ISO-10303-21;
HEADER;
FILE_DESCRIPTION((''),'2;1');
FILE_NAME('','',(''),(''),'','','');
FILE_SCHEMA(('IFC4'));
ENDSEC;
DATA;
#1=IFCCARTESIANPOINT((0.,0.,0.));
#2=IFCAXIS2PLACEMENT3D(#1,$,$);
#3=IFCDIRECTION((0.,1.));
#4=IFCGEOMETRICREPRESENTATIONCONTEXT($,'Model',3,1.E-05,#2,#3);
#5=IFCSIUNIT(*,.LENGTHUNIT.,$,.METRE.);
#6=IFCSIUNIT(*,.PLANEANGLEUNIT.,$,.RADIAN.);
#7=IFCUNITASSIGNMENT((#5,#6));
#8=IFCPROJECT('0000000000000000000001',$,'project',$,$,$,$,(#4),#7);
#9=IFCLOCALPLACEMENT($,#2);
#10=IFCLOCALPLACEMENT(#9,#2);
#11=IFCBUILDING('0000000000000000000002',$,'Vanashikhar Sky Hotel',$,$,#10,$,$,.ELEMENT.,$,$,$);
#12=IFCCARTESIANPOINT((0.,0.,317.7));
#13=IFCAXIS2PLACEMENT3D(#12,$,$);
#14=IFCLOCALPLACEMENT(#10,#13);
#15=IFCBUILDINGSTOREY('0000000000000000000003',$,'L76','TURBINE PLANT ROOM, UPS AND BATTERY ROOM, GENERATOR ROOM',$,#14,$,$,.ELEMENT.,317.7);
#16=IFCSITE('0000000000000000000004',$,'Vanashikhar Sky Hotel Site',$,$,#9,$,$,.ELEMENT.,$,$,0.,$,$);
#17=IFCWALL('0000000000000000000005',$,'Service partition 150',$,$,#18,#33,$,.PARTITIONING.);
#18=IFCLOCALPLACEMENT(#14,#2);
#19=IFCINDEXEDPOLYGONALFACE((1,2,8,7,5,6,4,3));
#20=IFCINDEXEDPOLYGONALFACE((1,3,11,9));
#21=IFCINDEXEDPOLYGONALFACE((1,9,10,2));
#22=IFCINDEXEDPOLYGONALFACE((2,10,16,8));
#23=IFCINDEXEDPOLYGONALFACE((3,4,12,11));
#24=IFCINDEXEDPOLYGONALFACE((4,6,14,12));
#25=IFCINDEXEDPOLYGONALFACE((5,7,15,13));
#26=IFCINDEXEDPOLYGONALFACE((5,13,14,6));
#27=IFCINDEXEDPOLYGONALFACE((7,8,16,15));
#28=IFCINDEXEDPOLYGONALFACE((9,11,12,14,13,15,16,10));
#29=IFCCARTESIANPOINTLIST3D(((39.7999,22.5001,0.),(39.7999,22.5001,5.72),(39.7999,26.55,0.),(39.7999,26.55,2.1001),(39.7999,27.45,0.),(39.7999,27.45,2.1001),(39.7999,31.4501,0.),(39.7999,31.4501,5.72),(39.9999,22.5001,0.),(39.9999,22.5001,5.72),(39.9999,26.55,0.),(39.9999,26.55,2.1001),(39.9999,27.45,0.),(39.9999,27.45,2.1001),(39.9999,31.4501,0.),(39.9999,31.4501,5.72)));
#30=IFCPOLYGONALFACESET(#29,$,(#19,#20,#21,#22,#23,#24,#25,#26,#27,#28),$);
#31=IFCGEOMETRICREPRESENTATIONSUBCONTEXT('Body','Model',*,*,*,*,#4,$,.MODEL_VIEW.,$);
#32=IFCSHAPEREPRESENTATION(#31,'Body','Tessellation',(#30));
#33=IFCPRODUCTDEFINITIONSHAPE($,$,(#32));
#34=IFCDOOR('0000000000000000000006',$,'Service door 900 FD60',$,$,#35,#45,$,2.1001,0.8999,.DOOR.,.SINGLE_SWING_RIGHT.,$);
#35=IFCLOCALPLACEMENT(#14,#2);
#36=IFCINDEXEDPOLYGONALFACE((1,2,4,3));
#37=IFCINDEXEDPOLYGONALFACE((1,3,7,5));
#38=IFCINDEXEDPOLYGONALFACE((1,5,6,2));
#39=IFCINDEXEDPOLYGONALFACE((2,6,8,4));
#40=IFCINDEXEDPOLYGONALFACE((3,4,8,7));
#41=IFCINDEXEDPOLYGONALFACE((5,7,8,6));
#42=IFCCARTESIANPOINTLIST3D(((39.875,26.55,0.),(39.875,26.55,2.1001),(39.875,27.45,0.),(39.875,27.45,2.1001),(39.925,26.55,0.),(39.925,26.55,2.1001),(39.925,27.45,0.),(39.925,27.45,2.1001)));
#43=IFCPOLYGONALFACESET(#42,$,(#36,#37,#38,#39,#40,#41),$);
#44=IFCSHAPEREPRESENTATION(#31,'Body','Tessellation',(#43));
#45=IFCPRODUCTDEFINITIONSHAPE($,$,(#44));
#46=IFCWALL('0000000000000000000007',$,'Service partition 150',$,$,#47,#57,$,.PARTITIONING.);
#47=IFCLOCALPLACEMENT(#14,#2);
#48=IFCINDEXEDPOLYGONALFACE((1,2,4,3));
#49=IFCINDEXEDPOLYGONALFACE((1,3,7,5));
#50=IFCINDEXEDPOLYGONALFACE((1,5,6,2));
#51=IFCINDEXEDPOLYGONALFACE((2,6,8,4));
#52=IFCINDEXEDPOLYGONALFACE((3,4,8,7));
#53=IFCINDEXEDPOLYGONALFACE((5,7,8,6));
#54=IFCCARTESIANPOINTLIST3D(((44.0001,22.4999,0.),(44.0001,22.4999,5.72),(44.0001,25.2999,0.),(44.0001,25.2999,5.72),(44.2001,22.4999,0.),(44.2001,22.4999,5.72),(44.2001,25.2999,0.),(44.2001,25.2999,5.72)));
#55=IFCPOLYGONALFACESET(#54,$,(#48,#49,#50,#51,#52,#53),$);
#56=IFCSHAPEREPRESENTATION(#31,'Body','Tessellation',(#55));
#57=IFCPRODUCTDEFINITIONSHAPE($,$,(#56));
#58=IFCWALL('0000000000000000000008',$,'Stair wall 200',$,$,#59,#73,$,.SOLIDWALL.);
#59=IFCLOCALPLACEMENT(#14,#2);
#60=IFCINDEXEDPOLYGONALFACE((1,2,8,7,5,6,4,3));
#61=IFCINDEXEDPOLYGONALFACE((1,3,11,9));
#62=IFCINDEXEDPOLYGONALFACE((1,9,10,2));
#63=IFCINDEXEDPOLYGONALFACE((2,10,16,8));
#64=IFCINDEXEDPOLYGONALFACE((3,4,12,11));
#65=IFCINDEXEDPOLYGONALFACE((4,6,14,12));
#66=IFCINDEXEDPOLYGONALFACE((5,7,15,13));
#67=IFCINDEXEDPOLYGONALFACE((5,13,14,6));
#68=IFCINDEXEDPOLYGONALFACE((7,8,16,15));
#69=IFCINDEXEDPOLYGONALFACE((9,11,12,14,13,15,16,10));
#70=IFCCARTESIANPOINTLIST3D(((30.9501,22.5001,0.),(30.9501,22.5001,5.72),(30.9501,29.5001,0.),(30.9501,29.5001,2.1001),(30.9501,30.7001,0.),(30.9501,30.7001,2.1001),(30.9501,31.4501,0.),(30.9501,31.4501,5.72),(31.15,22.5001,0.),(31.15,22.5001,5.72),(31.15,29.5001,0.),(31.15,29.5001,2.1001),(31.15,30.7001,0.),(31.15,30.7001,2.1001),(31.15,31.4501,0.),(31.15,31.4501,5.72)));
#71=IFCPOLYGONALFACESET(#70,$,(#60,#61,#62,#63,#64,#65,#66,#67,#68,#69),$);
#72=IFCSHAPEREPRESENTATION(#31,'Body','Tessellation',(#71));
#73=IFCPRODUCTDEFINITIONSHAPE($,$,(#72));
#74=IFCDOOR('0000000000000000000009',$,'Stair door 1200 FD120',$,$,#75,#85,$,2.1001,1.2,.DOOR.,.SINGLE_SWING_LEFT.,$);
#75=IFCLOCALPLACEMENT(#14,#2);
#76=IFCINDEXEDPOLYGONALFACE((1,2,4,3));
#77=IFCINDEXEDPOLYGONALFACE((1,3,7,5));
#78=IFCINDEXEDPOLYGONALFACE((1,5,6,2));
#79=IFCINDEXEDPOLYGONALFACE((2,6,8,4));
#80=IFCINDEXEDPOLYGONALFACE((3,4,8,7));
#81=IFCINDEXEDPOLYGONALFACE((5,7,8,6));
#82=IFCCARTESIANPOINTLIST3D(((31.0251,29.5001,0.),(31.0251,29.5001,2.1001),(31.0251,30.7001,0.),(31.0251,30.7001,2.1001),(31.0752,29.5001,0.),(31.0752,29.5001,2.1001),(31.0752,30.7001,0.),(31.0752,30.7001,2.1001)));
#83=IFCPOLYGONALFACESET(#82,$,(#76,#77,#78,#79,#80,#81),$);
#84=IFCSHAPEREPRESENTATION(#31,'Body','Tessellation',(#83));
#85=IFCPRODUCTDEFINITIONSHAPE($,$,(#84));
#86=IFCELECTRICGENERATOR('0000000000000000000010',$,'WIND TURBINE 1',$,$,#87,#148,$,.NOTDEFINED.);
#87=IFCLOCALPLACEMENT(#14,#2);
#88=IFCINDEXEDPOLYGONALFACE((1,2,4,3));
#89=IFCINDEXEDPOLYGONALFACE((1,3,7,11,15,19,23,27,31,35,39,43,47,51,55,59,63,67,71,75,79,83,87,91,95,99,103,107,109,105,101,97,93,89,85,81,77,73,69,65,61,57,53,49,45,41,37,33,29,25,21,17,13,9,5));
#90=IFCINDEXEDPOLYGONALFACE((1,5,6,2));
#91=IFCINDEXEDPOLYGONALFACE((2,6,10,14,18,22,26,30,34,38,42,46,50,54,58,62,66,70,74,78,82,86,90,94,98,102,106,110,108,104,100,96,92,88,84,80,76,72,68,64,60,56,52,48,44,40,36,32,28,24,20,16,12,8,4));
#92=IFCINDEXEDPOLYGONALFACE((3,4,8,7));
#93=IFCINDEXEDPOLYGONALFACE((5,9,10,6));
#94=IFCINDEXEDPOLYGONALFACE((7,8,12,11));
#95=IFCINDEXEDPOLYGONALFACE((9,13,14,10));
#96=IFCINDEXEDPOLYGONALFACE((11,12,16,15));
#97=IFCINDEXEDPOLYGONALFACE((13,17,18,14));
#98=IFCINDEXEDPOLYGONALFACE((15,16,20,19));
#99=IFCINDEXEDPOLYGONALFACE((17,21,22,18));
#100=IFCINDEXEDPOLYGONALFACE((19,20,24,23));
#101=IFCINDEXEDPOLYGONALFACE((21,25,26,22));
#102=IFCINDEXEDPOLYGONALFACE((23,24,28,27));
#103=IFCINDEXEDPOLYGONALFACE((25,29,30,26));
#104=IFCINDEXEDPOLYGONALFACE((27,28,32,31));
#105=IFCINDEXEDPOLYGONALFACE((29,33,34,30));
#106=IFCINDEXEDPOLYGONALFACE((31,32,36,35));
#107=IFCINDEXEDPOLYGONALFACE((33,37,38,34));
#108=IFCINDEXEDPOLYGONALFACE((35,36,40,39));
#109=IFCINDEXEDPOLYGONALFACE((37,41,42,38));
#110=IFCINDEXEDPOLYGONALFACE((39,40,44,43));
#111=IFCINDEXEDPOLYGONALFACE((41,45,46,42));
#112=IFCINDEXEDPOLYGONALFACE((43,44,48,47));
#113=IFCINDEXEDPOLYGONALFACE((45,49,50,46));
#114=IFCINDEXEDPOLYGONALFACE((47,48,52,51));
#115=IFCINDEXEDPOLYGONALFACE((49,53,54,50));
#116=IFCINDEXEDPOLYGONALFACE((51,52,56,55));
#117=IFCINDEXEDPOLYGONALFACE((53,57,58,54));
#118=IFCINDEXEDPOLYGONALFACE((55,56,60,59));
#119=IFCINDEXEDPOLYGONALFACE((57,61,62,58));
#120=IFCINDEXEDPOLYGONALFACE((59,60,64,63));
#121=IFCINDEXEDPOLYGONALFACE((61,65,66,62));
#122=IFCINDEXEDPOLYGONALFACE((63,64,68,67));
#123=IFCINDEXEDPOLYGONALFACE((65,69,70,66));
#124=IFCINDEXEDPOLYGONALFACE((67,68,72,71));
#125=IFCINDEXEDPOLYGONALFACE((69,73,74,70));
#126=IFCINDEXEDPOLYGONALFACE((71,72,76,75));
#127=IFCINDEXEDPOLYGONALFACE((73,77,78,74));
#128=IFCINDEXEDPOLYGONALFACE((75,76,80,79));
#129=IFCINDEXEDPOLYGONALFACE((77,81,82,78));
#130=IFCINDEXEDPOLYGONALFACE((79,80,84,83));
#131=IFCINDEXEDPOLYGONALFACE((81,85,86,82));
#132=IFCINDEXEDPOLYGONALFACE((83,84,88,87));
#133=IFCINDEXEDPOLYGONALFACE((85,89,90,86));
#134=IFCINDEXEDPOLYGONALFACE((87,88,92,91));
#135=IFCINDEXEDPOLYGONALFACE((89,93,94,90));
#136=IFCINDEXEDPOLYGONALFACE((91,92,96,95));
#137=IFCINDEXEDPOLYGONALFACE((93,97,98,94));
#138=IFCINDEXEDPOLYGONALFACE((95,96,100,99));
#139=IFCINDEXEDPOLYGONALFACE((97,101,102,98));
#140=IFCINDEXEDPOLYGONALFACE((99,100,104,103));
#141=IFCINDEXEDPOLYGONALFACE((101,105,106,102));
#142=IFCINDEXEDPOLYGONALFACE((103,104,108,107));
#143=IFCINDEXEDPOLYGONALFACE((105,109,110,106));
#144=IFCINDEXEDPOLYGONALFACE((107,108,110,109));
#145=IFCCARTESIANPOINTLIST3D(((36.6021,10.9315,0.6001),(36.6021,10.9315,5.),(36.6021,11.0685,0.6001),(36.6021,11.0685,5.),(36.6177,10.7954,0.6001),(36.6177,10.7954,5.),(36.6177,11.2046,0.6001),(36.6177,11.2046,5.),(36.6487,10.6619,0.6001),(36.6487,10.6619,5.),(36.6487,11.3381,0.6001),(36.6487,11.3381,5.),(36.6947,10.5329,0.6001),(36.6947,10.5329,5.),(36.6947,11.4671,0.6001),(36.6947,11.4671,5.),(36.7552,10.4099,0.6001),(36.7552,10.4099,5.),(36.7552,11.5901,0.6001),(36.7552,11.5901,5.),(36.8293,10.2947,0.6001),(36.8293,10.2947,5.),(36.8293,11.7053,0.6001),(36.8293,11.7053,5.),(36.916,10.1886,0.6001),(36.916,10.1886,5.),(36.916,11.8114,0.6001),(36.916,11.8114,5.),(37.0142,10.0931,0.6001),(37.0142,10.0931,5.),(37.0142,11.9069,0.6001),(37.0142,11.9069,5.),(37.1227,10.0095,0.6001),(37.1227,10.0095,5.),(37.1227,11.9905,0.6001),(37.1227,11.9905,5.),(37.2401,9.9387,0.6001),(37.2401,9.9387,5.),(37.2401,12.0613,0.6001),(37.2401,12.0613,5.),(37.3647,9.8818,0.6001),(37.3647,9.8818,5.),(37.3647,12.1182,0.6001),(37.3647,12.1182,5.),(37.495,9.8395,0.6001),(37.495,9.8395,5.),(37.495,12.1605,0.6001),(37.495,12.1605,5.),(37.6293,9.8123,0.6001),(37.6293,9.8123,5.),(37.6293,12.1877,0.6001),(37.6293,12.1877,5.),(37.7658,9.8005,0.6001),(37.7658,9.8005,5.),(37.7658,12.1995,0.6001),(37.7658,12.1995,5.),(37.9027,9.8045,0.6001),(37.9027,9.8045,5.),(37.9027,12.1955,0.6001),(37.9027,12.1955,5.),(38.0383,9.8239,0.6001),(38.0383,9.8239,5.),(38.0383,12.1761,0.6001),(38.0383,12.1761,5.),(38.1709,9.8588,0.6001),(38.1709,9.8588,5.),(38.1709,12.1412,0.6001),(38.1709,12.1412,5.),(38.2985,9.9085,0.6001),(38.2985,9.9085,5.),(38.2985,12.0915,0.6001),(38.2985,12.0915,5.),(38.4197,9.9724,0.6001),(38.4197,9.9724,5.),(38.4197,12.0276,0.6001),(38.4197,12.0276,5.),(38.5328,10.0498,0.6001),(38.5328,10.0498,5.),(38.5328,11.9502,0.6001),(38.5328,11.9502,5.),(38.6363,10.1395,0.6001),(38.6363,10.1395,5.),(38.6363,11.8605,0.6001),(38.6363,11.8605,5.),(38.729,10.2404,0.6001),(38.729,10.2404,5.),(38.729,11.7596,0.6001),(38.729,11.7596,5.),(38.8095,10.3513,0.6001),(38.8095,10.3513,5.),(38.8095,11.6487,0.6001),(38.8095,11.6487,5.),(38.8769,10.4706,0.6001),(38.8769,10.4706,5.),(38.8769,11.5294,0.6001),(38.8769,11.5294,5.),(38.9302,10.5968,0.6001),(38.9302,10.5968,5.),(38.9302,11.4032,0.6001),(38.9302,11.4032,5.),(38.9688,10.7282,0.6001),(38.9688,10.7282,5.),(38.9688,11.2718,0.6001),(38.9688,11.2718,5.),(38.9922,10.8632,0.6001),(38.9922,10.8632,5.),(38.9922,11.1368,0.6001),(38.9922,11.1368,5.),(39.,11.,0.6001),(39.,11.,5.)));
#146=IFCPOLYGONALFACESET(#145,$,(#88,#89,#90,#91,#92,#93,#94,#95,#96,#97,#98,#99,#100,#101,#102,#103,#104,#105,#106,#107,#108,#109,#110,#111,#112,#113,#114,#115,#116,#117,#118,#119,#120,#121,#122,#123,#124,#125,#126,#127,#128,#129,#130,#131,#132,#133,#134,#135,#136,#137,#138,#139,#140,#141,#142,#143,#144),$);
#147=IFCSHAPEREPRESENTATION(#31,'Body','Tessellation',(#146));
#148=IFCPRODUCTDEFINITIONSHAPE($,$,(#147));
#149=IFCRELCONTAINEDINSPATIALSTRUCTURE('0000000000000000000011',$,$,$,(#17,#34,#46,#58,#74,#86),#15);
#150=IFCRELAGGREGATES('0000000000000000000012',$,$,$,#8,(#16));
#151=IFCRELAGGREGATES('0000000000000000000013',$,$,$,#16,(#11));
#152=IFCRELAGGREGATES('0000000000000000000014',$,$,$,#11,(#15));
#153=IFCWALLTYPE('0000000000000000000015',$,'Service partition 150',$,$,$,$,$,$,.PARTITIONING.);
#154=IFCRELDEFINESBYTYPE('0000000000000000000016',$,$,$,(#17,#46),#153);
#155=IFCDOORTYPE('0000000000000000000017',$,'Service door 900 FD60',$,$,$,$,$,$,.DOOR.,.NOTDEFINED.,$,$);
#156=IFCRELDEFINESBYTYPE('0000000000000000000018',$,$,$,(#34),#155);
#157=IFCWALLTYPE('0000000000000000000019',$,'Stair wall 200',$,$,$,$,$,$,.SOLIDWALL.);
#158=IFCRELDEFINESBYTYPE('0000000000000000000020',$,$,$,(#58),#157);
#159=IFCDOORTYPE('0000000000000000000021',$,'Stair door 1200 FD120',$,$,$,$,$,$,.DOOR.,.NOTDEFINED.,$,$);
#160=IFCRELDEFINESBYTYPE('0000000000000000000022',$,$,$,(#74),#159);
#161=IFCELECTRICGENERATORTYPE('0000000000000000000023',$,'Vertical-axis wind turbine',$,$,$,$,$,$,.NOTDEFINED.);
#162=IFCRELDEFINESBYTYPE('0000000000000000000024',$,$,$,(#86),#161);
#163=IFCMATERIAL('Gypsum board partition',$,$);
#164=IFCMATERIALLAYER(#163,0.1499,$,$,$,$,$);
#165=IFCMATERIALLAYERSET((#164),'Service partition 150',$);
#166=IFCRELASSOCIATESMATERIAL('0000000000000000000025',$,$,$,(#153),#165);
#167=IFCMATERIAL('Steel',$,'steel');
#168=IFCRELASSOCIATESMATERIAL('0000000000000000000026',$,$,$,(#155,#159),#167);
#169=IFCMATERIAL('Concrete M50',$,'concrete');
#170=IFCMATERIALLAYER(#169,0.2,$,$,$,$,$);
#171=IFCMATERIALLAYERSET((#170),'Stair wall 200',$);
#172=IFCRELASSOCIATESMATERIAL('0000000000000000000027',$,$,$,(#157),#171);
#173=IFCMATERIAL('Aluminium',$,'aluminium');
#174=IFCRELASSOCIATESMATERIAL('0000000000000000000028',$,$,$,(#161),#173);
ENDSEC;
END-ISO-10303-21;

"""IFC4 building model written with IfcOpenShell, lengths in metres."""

from ifc_helpers import new_model, si_unit, direction, frame, frame_2d, origin, origin_2d, place, context, subcontext, project, spatial, rectangle, circle, extrude, source, transform, mapped, material, layer, layer_set, material_profile, profile_set, type_object, element, fill, save


model = new_model("IFC4")

# Units and contexts
model_context = context("Model", 3, precision=1e-05, world=origin(), true_north=direction((0.0, 1.0)))
body_context = subcontext(model_context, "Body", "Model", "MODEL_VIEW")
ifc_project = project(units=[si_unit("LENGTHUNIT", "METRE"), si_unit("PLANEANGLEUNIT", "RADIAN")], contexts=[model_context])

# Site, building, storey
site_placement = place(None, origin())
site = spatial("IfcSite", under=ifc_project, at=site_placement, Name="Vanashikhar Sky Hotel Site", CompositionType="ELEMENT", RefElevation=0.0)
building_placement = place(site_placement, origin())
building = spatial("IfcBuilding", under=site, at=building_placement, Name="Vanashikhar Sky Hotel", CompositionType="ELEMENT")
storey_placement = place(building_placement, frame((0.0, 0.0, 317.7)))
storey = spatial("IfcBuildingStorey", under=building, at=storey_placement, Name="L76", Description="TURBINE PLANT ROOM, UPS AND BATTERY ROOM, GENERATOR ROOM", CompositionType="ELEMENT", Elevation=317.7)

# Shared definitions
ifc_material_1 = material(Name="Concrete M50", Category="concrete")

# Wall, opening, door
ifc_material_2 = material(Name="Steel", Category="steel")
ifc_material_3 = material(Name="Gypsum board partition")
ifc_layer_1 = layer(ifc_material_3, 0.1499)
ifc_layer_set_1 = layer_set([ifc_layer_1], Name="Service partition 150")
wall_type_1 = type_object("IfcWallType", Name="Service partition 150", PredefinedType="PARTITIONING", material=ifc_layer_set_1)
shared_shape_1 = source(origin(), body_context, "Body", "SweptSolid", [
    extrude(rectangle(XDim=8.95, YDim=0.2, at=frame_2d((4.4751, 0.0))), origin(), (0.0, 0.0, 1.0), 5.72),
])
wall_1_placement = place(storey_placement, frame((39.8999, 22.5, 0.0), z_axis=(0.0, 0.0, 1.0), x_axis=(0.0, 1.0, 0.0)))
wall_1 = element("IfcWall", 1, at=wall_1_placement, inside=storey, type_object=wall_type_1, Name="Service partition 150", PredefinedType="PARTITIONING", context=body_context, shape_type="MappedRepresentation", body=[
    mapped(shared_shape_1, transform((0.0, 0.0, 0.0), scale=1.0)),
])
shared_shape_2 = source(origin(), body_context, "Body", "SweptSolid", [
    extrude(rectangle(XDim=0.8999, YDim=2.1001, at=frame_2d((0.45, 1.05))), frame((0.0, 0.1099, 0.0), z_axis=(0.0, -1.0, 0.0), x_axis=(1.0, 0.0, 0.0)), (0.0, 0.0, 1.0), 0.22),
])
opening_1_placement = place(wall_1_placement, frame((4.05, 0.0, 0.0)))
opening_1 = element("IfcOpeningElement", 2, at=opening_1_placement, cuts=wall_1, PredefinedType="OPENING", context=body_context, shape_type="MappedRepresentation", body=[
    mapped(shared_shape_2, transform((0.0, 0.0, 0.0), scale=1.0)),
])
door_type_1 = type_object("IfcDoorType", Name="Service door 900 FD60", OperationType="NOTDEFINED", PredefinedType="DOOR", material=ifc_material_2)
shared_shape_3 = source(origin(), body_context, "Body", "SweptSolid", [
    extrude(rectangle(XDim=0.8999, YDim=2.1001, at=frame_2d((0.45, 1.05))), frame((0.0, 0.0249, 0.0), z_axis=(0.0, -1.0, 0.0), x_axis=(1.0, 0.0, 0.0)), (0.0, 0.0, 1.0), 0.05),
])
door_1_placement = place(opening_1_placement, origin())
door_1 = element("IfcDoor", 3, at=door_1_placement, inside=storey, type_object=door_type_1, Name="Service door 900 FD60", OperationType="SINGLE_SWING_RIGHT", OverallHeight=2.1001, OverallWidth=0.8999, PredefinedType="DOOR", context=body_context, shape_type="MappedRepresentation", body=[
    mapped(shared_shape_3, transform((0.0, 0.0, 0.0), scale=1.0)),
])
fill(opening_1, door_1)

# Wall
shared_shape_4 = source(origin(), body_context, "Body", "SweptSolid", [
    extrude(rectangle(XDim=2.8, YDim=0.2, at=frame_2d((1.3999, 0.0))), origin(), (0.0, 0.0, 1.0), 5.72),
])
wall_2_placement = place(storey_placement, frame((44.1001, 22.5, 0.0), z_axis=(0.0, 0.0, 1.0), x_axis=(0.0, 1.0, 0.0)))
element("IfcWall", 4, at=wall_2_placement, inside=storey, type_object=wall_type_1, Name="Service partition 150", PredefinedType="PARTITIONING", context=body_context, shape_type="MappedRepresentation", body=[
    mapped(shared_shape_4, transform((0.0, 0.0, 0.0), scale=1.0)),
])

# Wall, opening, door
ifc_layer_2 = layer(ifc_material_1, 0.2)
ifc_layer_set_2 = layer_set([ifc_layer_2], Name="Stair wall 200")
wall_type_2 = type_object("IfcWallType", Name="Stair wall 200", PredefinedType="SOLIDWALL", material=ifc_layer_set_2)
shared_shape_5 = source(origin(), body_context, "Body", "SweptSolid", [
    extrude(rectangle(XDim=8.95, YDim=0.2, at=frame_2d((4.4751, 0.0))), origin(), (0.0, 0.0, 1.0), 5.72),
])
wall_3_placement = place(storey_placement, frame((31.05, 22.5, 0.0), z_axis=(0.0, 0.0, 1.0), x_axis=(0.0, 1.0, 0.0)))
wall_3 = element("IfcWall", 5, at=wall_3_placement, inside=storey, type_object=wall_type_2, Name="Stair wall 200", PredefinedType="SOLIDWALL", context=body_context, shape_type="MappedRepresentation", body=[
    mapped(shared_shape_5, transform((0.0, 0.0, 0.0), scale=1.0)),
])
shared_shape_6 = source(origin(), body_context, "Body", "SweptSolid", [
    extrude(rectangle(XDim=1.2, YDim=2.1001, at=frame_2d((0.6001, 1.05))), frame((0.0, 0.1099, 0.0), z_axis=(0.0, -1.0, 0.0), x_axis=(1.0, 0.0, 0.0)), (0.0, 0.0, 1.0), 0.22),
])
opening_2_placement = place(wall_3_placement, frame((7.0, 0.0, 0.0)))
opening_2 = element("IfcOpeningElement", 6, at=opening_2_placement, cuts=wall_3, PredefinedType="OPENING", context=body_context, shape_type="MappedRepresentation", body=[
    mapped(shared_shape_6, transform((0.0, 0.0, 0.0), scale=1.0)),
])
door_type_2 = type_object("IfcDoorType", Name="Stair door 1200 FD120", OperationType="NOTDEFINED", PredefinedType="DOOR", material=ifc_material_2)
shared_shape_7 = source(origin(), body_context, "Body", "SweptSolid", [
    extrude(rectangle(XDim=1.2, YDim=2.1001, at=frame_2d((0.6001, 1.05))), frame((0.0, 0.0249, 0.0), z_axis=(0.0, -1.0, 0.0), x_axis=(1.0, 0.0, 0.0)), (0.0, 0.0, 1.0), 0.05),
])
door_2_placement = place(opening_2_placement, origin())
door_2 = element("IfcDoor", 7, at=door_2_placement, inside=storey, type_object=door_type_2, Name="Stair door 1200 FD120", OperationType="SINGLE_SWING_LEFT", OverallHeight=2.1001, OverallWidth=1.2, PredefinedType="DOOR", context=body_context, shape_type="MappedRepresentation", body=[
    mapped(shared_shape_7, transform((0.0, 0.0, 0.0), scale=1.0)),
])
fill(opening_2, door_2)

# Electric generator
ifc_material_4 = material(Name="Aluminium", Category="aluminium")
ifc_material_profile_1 = material_profile(ifc_material_4, circle(Radius=1.2, at=origin_2d()))
ifc_profile_set_1 = profile_set([ifc_material_profile_1], Name="Vertical-axis wind turbine")
electric_generator_type = type_object("IfcElectricGeneratorType", Name="Vertical-axis wind turbine", PredefinedType="NOTDEFINED", material=ifc_profile_set_1)
shared_shape_8 = source(origin(), body_context, "Body", "SweptSolid", [
    extrude(circle(Radius=1.2, at=origin_2d()), origin(), (0.0, 0.0, 1.0), 4.3999),
])
for number, where, z_axis, x_axis, name in (
    (8, (37.8, 11.0, 0.6001), (0.0, 0.0, 1.0), (1.0, 0.0, 0.0), "WIND TURBINE 1"),
):
    element("IfcElectricGenerator", number, at=place(storey_placement, frame(where, z_axis=z_axis, x_axis=x_axis)), inside=storey, type_object=electric_generator_type, Name=name, PredefinedType="NOTDEFINED", context=body_context, shape_type="MappedRepresentation", body=[
        mapped(shared_shape_8, transform((0.0, 0.0, 0.0), scale=1.0)),
    ])

save(model, "model.ifc")
